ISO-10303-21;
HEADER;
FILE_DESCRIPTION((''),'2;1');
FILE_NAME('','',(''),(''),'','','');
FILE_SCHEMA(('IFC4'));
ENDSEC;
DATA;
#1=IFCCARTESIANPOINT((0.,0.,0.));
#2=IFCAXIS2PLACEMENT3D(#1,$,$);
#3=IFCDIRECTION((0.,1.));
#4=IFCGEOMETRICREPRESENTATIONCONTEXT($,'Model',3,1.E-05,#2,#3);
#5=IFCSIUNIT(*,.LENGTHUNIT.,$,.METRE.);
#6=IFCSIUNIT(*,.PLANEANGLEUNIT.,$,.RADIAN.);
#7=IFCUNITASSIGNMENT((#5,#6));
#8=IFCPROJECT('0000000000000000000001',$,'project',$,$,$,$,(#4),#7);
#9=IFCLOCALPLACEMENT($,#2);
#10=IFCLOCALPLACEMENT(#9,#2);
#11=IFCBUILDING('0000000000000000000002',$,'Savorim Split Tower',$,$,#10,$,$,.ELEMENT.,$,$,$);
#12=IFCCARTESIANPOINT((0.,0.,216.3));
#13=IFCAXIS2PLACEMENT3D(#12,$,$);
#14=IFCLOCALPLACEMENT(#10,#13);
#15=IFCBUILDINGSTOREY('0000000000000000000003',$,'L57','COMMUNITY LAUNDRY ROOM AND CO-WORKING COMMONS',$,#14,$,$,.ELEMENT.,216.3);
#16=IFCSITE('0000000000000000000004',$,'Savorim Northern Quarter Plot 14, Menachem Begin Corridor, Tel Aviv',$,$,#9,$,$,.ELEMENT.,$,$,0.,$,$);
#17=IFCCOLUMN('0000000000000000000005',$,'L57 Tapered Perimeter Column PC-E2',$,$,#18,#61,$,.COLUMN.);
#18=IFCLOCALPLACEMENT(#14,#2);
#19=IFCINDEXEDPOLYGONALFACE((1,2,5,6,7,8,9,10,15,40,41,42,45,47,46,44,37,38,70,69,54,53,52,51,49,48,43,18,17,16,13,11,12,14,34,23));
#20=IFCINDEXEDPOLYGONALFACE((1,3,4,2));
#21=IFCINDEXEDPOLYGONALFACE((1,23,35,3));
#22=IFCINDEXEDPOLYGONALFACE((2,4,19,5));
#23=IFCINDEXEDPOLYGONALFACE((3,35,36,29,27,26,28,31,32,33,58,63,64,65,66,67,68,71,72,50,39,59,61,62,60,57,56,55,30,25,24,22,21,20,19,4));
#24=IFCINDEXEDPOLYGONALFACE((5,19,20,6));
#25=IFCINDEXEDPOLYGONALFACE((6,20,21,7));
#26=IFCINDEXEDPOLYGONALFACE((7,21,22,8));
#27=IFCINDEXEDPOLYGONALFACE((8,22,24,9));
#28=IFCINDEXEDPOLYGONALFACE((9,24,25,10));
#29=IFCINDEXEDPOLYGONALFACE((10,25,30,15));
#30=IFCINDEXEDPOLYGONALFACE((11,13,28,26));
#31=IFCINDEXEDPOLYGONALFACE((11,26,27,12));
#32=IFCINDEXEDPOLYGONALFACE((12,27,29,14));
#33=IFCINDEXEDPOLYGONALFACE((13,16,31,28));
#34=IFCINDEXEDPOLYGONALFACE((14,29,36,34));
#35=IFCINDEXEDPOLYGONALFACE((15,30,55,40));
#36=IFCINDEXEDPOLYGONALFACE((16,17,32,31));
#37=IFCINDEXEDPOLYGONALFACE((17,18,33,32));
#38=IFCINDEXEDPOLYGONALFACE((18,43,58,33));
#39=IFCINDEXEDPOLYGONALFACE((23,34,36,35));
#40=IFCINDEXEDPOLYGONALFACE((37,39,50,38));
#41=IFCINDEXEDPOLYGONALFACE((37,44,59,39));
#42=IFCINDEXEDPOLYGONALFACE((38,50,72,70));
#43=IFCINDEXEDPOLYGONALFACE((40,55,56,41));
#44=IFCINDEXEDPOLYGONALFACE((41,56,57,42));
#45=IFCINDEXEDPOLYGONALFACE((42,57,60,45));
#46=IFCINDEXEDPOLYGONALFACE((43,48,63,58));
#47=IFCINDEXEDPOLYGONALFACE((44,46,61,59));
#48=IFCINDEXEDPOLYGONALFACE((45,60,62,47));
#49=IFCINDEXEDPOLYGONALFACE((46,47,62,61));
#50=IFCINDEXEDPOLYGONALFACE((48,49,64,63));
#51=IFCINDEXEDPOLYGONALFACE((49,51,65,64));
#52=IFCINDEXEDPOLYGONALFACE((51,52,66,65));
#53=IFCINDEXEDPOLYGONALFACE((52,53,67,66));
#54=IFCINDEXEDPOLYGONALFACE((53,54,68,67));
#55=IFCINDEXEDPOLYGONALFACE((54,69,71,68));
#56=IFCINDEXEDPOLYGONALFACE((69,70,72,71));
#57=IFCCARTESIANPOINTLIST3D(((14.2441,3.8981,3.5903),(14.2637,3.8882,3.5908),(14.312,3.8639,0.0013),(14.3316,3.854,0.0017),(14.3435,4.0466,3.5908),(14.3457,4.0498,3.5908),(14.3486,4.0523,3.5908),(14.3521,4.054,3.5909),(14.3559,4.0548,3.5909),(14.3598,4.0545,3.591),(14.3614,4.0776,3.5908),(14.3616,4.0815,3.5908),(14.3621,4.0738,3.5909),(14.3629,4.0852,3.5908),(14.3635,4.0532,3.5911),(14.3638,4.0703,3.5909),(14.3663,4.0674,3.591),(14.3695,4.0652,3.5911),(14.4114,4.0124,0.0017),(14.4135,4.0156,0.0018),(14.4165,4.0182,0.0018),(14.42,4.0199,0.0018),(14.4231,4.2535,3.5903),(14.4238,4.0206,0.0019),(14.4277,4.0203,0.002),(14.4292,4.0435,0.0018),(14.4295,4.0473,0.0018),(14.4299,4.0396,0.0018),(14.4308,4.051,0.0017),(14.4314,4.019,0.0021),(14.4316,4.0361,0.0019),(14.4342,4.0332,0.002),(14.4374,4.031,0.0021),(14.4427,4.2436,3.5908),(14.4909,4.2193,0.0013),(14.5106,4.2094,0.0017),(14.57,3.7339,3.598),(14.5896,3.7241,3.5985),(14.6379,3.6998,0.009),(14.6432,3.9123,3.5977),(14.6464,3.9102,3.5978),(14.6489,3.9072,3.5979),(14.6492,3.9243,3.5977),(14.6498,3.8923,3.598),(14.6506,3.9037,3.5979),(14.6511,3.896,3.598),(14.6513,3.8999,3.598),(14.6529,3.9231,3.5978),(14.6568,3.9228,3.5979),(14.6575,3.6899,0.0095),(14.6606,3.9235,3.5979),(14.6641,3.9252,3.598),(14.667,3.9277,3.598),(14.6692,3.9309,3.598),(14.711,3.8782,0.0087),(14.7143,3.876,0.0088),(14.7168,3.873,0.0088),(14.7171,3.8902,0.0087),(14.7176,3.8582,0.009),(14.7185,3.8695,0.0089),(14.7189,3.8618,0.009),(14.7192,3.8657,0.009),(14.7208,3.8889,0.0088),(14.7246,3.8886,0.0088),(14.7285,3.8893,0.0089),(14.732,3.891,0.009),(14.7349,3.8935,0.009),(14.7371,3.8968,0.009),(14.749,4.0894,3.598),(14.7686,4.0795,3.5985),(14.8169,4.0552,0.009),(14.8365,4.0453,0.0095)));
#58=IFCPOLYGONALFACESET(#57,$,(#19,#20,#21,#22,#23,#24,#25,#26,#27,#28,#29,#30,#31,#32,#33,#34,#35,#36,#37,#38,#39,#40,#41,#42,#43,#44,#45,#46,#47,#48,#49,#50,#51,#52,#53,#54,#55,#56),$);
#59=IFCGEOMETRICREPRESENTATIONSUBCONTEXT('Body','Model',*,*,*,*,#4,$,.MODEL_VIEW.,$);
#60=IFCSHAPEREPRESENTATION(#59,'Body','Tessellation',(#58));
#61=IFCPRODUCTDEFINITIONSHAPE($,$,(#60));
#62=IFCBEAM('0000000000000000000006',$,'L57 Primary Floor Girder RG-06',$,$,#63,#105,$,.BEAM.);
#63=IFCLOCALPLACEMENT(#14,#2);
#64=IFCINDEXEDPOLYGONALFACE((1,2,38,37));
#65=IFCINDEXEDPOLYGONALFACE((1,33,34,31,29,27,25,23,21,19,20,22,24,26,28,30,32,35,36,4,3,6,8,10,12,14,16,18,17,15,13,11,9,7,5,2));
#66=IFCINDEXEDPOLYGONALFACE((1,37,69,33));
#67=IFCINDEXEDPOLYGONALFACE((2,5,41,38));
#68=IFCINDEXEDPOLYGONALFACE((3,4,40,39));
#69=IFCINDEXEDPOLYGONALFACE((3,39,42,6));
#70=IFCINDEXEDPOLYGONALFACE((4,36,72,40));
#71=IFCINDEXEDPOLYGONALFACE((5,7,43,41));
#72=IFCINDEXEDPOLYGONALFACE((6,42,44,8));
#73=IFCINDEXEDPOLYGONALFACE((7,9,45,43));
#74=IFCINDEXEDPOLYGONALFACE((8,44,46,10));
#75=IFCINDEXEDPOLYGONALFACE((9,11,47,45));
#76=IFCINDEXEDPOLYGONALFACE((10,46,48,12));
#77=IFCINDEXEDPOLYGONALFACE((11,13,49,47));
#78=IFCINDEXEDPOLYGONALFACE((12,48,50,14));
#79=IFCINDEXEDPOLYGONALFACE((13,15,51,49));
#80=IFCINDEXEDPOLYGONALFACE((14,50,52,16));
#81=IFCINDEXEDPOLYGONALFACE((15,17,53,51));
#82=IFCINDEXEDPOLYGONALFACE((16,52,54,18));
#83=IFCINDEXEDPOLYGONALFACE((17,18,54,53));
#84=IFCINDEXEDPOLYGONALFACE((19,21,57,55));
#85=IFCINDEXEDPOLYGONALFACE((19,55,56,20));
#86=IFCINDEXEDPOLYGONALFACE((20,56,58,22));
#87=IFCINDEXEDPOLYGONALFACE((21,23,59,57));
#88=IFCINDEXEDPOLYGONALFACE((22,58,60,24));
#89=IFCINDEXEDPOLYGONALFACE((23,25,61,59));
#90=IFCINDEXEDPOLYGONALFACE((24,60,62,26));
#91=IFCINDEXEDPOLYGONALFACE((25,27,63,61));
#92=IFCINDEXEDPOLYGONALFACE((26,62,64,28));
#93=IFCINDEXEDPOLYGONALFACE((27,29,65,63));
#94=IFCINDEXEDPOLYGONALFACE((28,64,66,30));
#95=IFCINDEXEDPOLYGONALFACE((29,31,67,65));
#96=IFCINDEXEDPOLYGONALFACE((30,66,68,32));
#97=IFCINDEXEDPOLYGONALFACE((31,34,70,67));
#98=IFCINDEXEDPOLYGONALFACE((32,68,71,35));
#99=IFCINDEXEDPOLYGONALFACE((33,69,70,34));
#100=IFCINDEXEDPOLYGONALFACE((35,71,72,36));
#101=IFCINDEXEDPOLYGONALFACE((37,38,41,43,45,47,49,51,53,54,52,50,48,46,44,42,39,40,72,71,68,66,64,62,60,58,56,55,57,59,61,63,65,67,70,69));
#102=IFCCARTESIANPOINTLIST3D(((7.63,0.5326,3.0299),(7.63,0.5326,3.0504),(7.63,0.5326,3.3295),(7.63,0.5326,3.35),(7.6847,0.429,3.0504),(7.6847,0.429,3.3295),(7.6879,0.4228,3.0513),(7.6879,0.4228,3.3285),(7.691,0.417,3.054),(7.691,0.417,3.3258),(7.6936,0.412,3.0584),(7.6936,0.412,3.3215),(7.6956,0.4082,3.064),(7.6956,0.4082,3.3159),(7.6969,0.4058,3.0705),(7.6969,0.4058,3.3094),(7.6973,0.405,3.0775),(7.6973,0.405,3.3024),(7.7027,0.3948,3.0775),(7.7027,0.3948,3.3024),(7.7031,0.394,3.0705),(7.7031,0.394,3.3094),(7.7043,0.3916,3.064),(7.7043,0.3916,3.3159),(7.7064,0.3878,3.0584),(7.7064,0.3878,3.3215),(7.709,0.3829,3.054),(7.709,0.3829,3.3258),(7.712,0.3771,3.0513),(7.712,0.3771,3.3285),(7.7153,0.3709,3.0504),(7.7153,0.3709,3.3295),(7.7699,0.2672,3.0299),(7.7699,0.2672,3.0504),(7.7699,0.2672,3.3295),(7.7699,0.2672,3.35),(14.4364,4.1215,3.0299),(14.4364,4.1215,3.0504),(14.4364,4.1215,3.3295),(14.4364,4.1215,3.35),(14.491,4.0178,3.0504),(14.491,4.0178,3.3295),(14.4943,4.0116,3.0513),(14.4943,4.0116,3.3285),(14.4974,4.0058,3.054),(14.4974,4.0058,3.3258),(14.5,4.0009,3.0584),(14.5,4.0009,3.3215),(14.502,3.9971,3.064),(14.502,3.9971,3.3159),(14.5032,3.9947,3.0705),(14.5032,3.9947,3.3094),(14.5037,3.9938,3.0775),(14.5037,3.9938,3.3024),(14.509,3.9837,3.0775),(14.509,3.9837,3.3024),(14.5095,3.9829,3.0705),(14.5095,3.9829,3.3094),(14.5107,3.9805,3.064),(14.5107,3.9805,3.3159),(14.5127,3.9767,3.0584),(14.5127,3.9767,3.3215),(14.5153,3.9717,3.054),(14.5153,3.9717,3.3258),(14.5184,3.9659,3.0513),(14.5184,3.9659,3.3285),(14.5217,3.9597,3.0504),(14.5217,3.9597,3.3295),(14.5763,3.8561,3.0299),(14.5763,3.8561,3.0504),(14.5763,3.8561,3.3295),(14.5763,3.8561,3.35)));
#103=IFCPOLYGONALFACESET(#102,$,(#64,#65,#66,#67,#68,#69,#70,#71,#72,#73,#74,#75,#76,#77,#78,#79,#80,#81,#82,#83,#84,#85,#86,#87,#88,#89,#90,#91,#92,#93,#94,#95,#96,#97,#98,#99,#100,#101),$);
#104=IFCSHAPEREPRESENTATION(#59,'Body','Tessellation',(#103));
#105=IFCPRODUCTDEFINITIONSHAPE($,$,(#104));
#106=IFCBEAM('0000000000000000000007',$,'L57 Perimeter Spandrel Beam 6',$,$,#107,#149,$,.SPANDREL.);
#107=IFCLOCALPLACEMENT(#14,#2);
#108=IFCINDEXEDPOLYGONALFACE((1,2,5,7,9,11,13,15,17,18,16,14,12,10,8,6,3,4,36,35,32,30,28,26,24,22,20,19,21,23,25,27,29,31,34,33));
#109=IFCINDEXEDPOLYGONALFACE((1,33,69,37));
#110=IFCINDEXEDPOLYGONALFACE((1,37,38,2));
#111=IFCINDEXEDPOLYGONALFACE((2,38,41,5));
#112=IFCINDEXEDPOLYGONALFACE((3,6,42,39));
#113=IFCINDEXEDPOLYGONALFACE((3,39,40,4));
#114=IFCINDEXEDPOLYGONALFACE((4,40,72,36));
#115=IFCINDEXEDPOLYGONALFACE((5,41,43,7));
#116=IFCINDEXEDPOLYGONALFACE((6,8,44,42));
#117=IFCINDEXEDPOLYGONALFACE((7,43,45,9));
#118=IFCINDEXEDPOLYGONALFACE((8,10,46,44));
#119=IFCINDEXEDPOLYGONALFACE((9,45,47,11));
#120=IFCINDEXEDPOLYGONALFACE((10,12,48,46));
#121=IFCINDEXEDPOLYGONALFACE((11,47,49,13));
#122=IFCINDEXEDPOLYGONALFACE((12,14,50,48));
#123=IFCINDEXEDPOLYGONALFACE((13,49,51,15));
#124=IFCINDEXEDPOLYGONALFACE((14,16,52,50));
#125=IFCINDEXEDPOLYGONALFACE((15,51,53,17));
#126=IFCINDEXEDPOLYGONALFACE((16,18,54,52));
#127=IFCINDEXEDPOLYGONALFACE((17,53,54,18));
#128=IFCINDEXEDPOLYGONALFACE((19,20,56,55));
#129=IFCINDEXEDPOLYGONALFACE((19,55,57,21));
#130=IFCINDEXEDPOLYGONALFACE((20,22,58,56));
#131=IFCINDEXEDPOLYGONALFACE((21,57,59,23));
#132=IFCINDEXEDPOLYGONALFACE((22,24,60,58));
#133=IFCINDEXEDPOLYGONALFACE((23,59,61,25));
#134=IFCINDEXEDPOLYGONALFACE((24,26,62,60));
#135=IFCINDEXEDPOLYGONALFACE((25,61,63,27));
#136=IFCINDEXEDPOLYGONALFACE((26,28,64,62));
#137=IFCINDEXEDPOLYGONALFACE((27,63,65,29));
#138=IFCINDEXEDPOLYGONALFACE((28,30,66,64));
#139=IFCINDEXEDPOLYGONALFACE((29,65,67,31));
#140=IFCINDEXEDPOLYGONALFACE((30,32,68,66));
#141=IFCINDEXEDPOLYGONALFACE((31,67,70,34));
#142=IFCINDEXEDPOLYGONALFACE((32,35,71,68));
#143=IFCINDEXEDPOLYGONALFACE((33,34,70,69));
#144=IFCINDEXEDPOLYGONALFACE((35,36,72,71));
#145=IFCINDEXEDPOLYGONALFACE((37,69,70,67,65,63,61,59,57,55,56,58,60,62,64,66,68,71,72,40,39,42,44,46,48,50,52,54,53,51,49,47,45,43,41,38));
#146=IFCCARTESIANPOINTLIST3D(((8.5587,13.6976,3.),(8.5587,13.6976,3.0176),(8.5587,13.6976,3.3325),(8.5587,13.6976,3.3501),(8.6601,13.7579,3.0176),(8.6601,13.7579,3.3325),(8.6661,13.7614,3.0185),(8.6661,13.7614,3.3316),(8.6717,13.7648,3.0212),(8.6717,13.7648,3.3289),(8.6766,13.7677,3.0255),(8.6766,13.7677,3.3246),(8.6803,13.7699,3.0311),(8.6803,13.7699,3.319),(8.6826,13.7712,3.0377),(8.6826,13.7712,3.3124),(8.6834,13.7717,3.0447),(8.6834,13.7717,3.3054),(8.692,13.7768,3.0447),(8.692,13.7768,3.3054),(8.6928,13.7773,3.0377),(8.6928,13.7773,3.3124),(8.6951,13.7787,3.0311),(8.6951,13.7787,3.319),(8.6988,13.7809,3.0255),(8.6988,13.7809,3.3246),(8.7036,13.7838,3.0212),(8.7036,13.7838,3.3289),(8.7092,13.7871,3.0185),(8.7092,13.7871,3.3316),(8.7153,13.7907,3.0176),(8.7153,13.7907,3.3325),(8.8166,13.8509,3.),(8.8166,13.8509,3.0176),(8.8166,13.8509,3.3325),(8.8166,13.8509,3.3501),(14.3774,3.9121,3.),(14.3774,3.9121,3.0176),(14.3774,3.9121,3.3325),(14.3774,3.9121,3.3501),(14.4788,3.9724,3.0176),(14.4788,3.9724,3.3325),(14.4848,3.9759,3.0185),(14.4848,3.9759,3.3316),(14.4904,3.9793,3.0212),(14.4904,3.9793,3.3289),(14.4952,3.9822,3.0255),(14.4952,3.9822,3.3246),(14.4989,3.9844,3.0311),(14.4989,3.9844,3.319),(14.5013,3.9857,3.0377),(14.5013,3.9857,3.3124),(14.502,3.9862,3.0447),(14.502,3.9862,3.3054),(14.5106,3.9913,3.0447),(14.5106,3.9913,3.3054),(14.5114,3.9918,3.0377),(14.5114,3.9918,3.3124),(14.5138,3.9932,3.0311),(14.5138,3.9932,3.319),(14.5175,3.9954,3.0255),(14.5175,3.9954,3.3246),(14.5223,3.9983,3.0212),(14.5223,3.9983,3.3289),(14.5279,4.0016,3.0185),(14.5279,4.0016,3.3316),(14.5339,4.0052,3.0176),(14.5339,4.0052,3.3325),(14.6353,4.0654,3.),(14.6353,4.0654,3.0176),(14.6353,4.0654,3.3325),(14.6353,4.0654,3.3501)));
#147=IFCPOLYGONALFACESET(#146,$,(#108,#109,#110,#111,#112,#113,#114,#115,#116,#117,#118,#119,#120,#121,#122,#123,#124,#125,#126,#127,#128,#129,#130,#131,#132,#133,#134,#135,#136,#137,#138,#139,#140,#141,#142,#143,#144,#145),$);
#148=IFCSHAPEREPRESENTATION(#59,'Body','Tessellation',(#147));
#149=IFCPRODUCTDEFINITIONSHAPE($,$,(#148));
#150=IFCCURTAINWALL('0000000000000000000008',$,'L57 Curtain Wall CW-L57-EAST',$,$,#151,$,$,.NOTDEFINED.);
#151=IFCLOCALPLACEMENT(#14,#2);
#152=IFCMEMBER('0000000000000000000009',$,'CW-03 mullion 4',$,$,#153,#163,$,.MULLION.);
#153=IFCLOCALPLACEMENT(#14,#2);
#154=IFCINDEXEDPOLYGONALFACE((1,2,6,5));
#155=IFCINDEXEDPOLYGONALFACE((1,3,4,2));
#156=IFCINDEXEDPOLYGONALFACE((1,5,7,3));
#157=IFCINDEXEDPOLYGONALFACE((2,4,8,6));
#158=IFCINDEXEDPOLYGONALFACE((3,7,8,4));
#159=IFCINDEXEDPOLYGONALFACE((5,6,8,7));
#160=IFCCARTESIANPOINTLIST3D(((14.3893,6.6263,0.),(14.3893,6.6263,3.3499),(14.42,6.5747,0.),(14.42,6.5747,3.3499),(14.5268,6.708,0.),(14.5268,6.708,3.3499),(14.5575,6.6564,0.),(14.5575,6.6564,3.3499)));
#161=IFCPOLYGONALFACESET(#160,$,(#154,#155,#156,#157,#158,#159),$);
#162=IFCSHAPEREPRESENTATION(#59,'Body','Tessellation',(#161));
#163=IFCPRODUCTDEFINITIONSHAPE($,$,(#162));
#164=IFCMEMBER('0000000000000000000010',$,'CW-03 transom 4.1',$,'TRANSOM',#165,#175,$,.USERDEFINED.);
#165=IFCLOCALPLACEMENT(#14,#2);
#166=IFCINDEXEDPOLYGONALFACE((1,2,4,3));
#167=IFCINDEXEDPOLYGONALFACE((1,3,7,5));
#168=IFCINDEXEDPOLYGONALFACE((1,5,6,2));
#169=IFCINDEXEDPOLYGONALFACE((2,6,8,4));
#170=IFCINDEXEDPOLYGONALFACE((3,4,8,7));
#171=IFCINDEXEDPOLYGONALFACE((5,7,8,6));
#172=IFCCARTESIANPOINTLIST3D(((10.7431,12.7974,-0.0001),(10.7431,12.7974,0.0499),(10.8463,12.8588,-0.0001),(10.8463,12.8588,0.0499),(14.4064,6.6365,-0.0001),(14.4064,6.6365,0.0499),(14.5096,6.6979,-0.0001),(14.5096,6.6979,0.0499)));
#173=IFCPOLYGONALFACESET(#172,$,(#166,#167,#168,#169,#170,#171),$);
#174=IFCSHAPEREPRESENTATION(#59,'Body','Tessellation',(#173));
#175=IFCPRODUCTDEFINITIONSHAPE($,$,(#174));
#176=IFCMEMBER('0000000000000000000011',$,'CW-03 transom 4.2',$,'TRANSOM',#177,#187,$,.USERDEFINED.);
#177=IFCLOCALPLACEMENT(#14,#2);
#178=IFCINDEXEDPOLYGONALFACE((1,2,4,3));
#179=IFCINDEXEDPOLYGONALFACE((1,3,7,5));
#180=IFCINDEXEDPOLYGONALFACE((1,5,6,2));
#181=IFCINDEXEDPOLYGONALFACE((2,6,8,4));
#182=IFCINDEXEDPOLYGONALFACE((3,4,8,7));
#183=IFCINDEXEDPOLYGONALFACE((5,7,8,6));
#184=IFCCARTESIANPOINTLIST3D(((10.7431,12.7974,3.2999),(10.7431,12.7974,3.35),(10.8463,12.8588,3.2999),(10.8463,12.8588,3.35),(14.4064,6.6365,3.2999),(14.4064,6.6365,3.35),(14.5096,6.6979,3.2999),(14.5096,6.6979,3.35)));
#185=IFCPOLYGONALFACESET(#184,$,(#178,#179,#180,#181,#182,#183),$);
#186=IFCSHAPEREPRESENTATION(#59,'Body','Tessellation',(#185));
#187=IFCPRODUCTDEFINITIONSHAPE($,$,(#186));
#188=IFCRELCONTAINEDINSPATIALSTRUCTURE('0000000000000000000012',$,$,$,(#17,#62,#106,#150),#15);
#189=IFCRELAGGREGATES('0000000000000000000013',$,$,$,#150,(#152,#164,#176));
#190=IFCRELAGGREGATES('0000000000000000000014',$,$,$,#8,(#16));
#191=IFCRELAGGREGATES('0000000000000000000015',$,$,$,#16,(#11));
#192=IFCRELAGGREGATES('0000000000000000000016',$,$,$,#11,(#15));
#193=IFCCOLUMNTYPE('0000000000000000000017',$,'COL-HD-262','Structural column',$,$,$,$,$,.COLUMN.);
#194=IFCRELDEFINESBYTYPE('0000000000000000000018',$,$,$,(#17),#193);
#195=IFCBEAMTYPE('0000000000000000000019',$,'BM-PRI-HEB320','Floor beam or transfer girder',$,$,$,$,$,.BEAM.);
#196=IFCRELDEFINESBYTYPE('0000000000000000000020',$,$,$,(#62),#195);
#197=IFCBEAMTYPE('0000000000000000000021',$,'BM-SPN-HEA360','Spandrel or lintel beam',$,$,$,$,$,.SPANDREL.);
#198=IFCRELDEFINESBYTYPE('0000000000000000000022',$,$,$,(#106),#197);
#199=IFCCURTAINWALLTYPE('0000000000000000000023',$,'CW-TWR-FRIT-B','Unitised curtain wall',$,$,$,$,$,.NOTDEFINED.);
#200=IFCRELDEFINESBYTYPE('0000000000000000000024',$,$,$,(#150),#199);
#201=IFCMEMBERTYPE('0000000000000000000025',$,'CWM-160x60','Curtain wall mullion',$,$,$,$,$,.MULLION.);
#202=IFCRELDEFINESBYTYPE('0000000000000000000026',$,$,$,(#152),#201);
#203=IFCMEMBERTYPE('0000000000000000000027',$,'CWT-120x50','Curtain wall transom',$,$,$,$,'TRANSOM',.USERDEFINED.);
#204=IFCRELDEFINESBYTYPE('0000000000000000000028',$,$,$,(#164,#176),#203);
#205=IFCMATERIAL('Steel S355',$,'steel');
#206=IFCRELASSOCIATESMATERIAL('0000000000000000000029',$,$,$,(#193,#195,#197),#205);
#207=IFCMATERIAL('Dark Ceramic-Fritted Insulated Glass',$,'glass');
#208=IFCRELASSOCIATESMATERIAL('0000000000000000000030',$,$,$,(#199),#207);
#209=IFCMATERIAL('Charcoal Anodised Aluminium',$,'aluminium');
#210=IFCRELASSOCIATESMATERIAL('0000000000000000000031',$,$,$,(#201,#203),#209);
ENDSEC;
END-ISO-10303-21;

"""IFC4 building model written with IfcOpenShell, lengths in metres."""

from ifc_helpers import new_model, si_unit, direction, frame, origin, origin_2d, place, context, subcontext, project, spatial, rectangle, i_section, extrude, material, material_profile, profile_set, type_object, element, aggregate, save


model = new_model("IFC4")

# Units and contexts
model_context = context("Model", 3, precision=1e-05, world=origin(), true_north=direction((0.0, 1.0)))
body_context = subcontext(model_context, "Body", "Model", "MODEL_VIEW")
ifc_project = project(units=[si_unit("LENGTHUNIT", "METRE"), si_unit("PLANEANGLEUNIT", "RADIAN")], contexts=[model_context])

# Site, building, storey
site_placement = place(None, origin())
site = spatial("IfcSite", under=ifc_project, at=site_placement, Name="Savorim Northern Quarter Plot 14, Menachem Begin Corridor, Tel Aviv", CompositionType="ELEMENT", RefElevation=0.0)
building_placement = place(site_placement, origin())
building = spatial("IfcBuilding", under=site, at=building_placement, Name="Savorim Split Tower", CompositionType="ELEMENT")
storey_placement = place(building_placement, frame((0.0, 0.0, 216.3)))
storey = spatial("IfcBuildingStorey", under=building, at=storey_placement, Name="L57", Description="COMMUNITY LAUNDRY ROOM AND CO-WORKING COMMONS", CompositionType="ELEMENT", Elevation=216.3)

# Column
ifc_material_1 = material(Name="Steel S355", Category="steel")
ifc_material_profile_1 = material_profile(ifc_material_1, i_section(OverallWidth=0.3979, OverallDepth=0.387, WebThickness=0.0134, FlangeThickness=0.022, FilletRadius=0.0149, at=origin_2d()), Name="HD 400x262")
ifc_profile_set_1 = profile_set([ifc_material_profile_1], Name="Steel S355")
column_type = type_object("IfcColumnType", Name="COL-HD-262", Description="Structural column", PredefinedType="COLUMN", material=ifc_profile_set_1)
column_placement = place(storey_placement, frame((14.5742, 3.9546, 0.0054), z_axis=(-0.018906, 0.009521, 0.999776), x_axis=(-0.449782, -0.893138, 0.0)))
element("IfcColumn", 1, at=column_placement, inside=storey, type_object=column_type, Name="L57 Tapered Perimeter Column PC-E2", PredefinedType="COLUMN", context=body_context, shape_type="SweptSolid", body=[
    extrude(i_section(OverallWidth=0.3979, OverallDepth=0.387, WebThickness=0.0134, FlangeThickness=0.022, FilletRadius=0.0149, at=origin_2d()), origin(), (0.0, 0.0, 1.0), 3.5898),
])

# Beams
ifc_material_profile_2 = material_profile(ifc_material_1, i_section(OverallWidth=0.3, OverallDepth=0.3201, WebThickness=0.0115, FlangeThickness=0.0205, FilletRadius=0.0271, at=origin_2d()), Name="HEB 320")
ifc_profile_set_2 = profile_set([ifc_material_profile_2], Name="Steel S355")
beam_type_1 = type_object("IfcBeamType", Name="BM-PRI-HEB320", Description="Floor beam or transfer girder", PredefinedType="BEAM", material=ifc_profile_set_2)
beam_1_placement = place(storey_placement, frame((14.5063, 3.9888, 3.1899), z_axis=(-0.884567, -0.466413, 0.0), x_axis=(0.466413, -0.884567, 0.0)))
element("IfcBeam", 2, at=beam_1_placement, inside=storey, type_object=beam_type_1, Name="L57 Primary Floor Girder RG-06", PredefinedType="BEAM", context=body_context, shape_type="SweptSolid", body=[
    extrude(i_section(OverallWidth=0.3, OverallDepth=0.3201, WebThickness=0.0115, FlangeThickness=0.0205, FilletRadius=0.0271, at=origin_2d()), origin(), (0.0, 0.0, 1.0), 7.6946),
])
ifc_material_profile_3 = material_profile(ifc_material_1, i_section(OverallWidth=0.3, OverallDepth=0.3501, WebThickness=0.01, FlangeThickness=0.0176, FilletRadius=0.0271, at=origin_2d()), Name="HEA 360")
ifc_profile_set_3 = profile_set([ifc_material_profile_3], Name="Steel S355")
beam_type_2 = type_object("IfcBeamType", Name="BM-SPN-HEA360", Description="Spandrel or lintel beam", PredefinedType="SPANDREL", material=ifc_profile_set_3)
beam_2_placement = place(storey_placement, frame((14.5063, 3.9888, 3.175), z_axis=(-0.511092, 0.859526, 0.0), x_axis=(-0.859526, -0.511092, 0.0)))
element("IfcBeam", 3, at=beam_2_placement, inside=storey, type_object=beam_type_2, Name="L57 Perimeter Spandrel Beam 6", PredefinedType="SPANDREL", context=body_context, shape_type="SweptSolid", body=[
    extrude(i_section(OverallWidth=0.3, OverallDepth=0.3501, WebThickness=0.01, FlangeThickness=0.0176, FilletRadius=0.0271, at=origin_2d()), origin(), (0.0, 0.0, 1.0), 11.3848),
])

# Curtain wall, members
ifc_material_2 = material(Name="Dark Ceramic-Fritted Insulated Glass", Category="glass")
curtain_wall_type = type_object("IfcCurtainWallType", Name="CW-TWR-FRIT-B", Description="Unitised curtain wall", PredefinedType="NOTDEFINED", material=ifc_material_2)
curtain_wall_placement = place(storey_placement, origin())
curtain_wall = element("IfcCurtainWall", 4, at=curtain_wall_placement, inside=storey, type_object=curtain_wall_type, Name="L57 Curtain Wall CW-L57-EAST", PredefinedType="NOTDEFINED")
ifc_material_3 = material(Name="Charcoal Anodised Aluminium", Category="aluminium")
ifc_material_profile_4 = material_profile(ifc_material_3, rectangle(XDim=0.1599, YDim=0.0601, at=origin_2d()), Name="ALU-M 160x60")
ifc_profile_set_4 = profile_set([ifc_material_profile_4], Name="Charcoal Anodised Aluminium")
member_type_1 = type_object("IfcMemberType", Name="CWM-160x60", Description="Curtain wall mullion", PredefinedType="MULLION", material=ifc_profile_set_4)
member_1_placement = place(storey_placement, frame((14.4734, 6.6414, 0.0), z_axis=(0.0, 0.0, 1.0), x_axis=(-0.859526, -0.511092, 0.0)))
member_1 = element("IfcMember", 5, at=member_1_placement, type_object=member_type_1, Name="CW-03 mullion 4", PredefinedType="MULLION", context=body_context, shape_type="SweptSolid", body=[
    extrude(rectangle(XDim=0.1599, YDim=0.0601, at=origin_2d()), origin(), (0.0, 0.0, 1.0), 3.3499),
])
ifc_material_profile_5 = material_profile(ifc_material_3, rectangle(XDim=0.1201, YDim=0.05, at=origin_2d()), Name="ALU-T 120x50")
ifc_profile_set_5 = profile_set([ifc_material_profile_5], Name="Charcoal Anodised Aluminium")
member_type_2 = type_object("IfcMemberType", Name="CWT-120x50", Description="Curtain wall transom", ElementType="TRANSOM", PredefinedType="USERDEFINED", material=ifc_profile_set_5)
member_2_placement = place(storey_placement, frame((14.458, 6.6672, 0.0249), z_axis=(-0.511086, 0.85953, 0.0), x_axis=(-0.85953, -0.511086, 0.0)))
member_2 = element("IfcMember", 6, at=member_2_placement, type_object=member_type_2, Name="CW-03 transom 4.1", ObjectType="TRANSOM", PredefinedType="USERDEFINED", context=body_context, shape_type="SweptSolid", body=[
    extrude(rectangle(XDim=0.1201, YDim=0.05, at=origin_2d()), origin(), (0.0, 0.0, 1.0), 7.1677),
])
member_3_placement = place(storey_placement, frame((14.458, 6.6672, 3.325), z_axis=(-0.511086, 0.85953, 0.0), x_axis=(-0.85953, -0.511086, 0.0)))
member_3 = element("IfcMember", 7, at=member_3_placement, type_object=member_type_2, Name="CW-03 transom 4.2", ObjectType="TRANSOM", PredefinedType="USERDEFINED", context=body_context, shape_type="SweptSolid", body=[
    extrude(rectangle(XDim=0.1201, YDim=0.05, at=origin_2d()), origin(), (0.0, 0.0, 1.0), 7.1677),
])
aggregate(curtain_wall, [member_1, member_2, member_3])

save(model, "model.ifc")
